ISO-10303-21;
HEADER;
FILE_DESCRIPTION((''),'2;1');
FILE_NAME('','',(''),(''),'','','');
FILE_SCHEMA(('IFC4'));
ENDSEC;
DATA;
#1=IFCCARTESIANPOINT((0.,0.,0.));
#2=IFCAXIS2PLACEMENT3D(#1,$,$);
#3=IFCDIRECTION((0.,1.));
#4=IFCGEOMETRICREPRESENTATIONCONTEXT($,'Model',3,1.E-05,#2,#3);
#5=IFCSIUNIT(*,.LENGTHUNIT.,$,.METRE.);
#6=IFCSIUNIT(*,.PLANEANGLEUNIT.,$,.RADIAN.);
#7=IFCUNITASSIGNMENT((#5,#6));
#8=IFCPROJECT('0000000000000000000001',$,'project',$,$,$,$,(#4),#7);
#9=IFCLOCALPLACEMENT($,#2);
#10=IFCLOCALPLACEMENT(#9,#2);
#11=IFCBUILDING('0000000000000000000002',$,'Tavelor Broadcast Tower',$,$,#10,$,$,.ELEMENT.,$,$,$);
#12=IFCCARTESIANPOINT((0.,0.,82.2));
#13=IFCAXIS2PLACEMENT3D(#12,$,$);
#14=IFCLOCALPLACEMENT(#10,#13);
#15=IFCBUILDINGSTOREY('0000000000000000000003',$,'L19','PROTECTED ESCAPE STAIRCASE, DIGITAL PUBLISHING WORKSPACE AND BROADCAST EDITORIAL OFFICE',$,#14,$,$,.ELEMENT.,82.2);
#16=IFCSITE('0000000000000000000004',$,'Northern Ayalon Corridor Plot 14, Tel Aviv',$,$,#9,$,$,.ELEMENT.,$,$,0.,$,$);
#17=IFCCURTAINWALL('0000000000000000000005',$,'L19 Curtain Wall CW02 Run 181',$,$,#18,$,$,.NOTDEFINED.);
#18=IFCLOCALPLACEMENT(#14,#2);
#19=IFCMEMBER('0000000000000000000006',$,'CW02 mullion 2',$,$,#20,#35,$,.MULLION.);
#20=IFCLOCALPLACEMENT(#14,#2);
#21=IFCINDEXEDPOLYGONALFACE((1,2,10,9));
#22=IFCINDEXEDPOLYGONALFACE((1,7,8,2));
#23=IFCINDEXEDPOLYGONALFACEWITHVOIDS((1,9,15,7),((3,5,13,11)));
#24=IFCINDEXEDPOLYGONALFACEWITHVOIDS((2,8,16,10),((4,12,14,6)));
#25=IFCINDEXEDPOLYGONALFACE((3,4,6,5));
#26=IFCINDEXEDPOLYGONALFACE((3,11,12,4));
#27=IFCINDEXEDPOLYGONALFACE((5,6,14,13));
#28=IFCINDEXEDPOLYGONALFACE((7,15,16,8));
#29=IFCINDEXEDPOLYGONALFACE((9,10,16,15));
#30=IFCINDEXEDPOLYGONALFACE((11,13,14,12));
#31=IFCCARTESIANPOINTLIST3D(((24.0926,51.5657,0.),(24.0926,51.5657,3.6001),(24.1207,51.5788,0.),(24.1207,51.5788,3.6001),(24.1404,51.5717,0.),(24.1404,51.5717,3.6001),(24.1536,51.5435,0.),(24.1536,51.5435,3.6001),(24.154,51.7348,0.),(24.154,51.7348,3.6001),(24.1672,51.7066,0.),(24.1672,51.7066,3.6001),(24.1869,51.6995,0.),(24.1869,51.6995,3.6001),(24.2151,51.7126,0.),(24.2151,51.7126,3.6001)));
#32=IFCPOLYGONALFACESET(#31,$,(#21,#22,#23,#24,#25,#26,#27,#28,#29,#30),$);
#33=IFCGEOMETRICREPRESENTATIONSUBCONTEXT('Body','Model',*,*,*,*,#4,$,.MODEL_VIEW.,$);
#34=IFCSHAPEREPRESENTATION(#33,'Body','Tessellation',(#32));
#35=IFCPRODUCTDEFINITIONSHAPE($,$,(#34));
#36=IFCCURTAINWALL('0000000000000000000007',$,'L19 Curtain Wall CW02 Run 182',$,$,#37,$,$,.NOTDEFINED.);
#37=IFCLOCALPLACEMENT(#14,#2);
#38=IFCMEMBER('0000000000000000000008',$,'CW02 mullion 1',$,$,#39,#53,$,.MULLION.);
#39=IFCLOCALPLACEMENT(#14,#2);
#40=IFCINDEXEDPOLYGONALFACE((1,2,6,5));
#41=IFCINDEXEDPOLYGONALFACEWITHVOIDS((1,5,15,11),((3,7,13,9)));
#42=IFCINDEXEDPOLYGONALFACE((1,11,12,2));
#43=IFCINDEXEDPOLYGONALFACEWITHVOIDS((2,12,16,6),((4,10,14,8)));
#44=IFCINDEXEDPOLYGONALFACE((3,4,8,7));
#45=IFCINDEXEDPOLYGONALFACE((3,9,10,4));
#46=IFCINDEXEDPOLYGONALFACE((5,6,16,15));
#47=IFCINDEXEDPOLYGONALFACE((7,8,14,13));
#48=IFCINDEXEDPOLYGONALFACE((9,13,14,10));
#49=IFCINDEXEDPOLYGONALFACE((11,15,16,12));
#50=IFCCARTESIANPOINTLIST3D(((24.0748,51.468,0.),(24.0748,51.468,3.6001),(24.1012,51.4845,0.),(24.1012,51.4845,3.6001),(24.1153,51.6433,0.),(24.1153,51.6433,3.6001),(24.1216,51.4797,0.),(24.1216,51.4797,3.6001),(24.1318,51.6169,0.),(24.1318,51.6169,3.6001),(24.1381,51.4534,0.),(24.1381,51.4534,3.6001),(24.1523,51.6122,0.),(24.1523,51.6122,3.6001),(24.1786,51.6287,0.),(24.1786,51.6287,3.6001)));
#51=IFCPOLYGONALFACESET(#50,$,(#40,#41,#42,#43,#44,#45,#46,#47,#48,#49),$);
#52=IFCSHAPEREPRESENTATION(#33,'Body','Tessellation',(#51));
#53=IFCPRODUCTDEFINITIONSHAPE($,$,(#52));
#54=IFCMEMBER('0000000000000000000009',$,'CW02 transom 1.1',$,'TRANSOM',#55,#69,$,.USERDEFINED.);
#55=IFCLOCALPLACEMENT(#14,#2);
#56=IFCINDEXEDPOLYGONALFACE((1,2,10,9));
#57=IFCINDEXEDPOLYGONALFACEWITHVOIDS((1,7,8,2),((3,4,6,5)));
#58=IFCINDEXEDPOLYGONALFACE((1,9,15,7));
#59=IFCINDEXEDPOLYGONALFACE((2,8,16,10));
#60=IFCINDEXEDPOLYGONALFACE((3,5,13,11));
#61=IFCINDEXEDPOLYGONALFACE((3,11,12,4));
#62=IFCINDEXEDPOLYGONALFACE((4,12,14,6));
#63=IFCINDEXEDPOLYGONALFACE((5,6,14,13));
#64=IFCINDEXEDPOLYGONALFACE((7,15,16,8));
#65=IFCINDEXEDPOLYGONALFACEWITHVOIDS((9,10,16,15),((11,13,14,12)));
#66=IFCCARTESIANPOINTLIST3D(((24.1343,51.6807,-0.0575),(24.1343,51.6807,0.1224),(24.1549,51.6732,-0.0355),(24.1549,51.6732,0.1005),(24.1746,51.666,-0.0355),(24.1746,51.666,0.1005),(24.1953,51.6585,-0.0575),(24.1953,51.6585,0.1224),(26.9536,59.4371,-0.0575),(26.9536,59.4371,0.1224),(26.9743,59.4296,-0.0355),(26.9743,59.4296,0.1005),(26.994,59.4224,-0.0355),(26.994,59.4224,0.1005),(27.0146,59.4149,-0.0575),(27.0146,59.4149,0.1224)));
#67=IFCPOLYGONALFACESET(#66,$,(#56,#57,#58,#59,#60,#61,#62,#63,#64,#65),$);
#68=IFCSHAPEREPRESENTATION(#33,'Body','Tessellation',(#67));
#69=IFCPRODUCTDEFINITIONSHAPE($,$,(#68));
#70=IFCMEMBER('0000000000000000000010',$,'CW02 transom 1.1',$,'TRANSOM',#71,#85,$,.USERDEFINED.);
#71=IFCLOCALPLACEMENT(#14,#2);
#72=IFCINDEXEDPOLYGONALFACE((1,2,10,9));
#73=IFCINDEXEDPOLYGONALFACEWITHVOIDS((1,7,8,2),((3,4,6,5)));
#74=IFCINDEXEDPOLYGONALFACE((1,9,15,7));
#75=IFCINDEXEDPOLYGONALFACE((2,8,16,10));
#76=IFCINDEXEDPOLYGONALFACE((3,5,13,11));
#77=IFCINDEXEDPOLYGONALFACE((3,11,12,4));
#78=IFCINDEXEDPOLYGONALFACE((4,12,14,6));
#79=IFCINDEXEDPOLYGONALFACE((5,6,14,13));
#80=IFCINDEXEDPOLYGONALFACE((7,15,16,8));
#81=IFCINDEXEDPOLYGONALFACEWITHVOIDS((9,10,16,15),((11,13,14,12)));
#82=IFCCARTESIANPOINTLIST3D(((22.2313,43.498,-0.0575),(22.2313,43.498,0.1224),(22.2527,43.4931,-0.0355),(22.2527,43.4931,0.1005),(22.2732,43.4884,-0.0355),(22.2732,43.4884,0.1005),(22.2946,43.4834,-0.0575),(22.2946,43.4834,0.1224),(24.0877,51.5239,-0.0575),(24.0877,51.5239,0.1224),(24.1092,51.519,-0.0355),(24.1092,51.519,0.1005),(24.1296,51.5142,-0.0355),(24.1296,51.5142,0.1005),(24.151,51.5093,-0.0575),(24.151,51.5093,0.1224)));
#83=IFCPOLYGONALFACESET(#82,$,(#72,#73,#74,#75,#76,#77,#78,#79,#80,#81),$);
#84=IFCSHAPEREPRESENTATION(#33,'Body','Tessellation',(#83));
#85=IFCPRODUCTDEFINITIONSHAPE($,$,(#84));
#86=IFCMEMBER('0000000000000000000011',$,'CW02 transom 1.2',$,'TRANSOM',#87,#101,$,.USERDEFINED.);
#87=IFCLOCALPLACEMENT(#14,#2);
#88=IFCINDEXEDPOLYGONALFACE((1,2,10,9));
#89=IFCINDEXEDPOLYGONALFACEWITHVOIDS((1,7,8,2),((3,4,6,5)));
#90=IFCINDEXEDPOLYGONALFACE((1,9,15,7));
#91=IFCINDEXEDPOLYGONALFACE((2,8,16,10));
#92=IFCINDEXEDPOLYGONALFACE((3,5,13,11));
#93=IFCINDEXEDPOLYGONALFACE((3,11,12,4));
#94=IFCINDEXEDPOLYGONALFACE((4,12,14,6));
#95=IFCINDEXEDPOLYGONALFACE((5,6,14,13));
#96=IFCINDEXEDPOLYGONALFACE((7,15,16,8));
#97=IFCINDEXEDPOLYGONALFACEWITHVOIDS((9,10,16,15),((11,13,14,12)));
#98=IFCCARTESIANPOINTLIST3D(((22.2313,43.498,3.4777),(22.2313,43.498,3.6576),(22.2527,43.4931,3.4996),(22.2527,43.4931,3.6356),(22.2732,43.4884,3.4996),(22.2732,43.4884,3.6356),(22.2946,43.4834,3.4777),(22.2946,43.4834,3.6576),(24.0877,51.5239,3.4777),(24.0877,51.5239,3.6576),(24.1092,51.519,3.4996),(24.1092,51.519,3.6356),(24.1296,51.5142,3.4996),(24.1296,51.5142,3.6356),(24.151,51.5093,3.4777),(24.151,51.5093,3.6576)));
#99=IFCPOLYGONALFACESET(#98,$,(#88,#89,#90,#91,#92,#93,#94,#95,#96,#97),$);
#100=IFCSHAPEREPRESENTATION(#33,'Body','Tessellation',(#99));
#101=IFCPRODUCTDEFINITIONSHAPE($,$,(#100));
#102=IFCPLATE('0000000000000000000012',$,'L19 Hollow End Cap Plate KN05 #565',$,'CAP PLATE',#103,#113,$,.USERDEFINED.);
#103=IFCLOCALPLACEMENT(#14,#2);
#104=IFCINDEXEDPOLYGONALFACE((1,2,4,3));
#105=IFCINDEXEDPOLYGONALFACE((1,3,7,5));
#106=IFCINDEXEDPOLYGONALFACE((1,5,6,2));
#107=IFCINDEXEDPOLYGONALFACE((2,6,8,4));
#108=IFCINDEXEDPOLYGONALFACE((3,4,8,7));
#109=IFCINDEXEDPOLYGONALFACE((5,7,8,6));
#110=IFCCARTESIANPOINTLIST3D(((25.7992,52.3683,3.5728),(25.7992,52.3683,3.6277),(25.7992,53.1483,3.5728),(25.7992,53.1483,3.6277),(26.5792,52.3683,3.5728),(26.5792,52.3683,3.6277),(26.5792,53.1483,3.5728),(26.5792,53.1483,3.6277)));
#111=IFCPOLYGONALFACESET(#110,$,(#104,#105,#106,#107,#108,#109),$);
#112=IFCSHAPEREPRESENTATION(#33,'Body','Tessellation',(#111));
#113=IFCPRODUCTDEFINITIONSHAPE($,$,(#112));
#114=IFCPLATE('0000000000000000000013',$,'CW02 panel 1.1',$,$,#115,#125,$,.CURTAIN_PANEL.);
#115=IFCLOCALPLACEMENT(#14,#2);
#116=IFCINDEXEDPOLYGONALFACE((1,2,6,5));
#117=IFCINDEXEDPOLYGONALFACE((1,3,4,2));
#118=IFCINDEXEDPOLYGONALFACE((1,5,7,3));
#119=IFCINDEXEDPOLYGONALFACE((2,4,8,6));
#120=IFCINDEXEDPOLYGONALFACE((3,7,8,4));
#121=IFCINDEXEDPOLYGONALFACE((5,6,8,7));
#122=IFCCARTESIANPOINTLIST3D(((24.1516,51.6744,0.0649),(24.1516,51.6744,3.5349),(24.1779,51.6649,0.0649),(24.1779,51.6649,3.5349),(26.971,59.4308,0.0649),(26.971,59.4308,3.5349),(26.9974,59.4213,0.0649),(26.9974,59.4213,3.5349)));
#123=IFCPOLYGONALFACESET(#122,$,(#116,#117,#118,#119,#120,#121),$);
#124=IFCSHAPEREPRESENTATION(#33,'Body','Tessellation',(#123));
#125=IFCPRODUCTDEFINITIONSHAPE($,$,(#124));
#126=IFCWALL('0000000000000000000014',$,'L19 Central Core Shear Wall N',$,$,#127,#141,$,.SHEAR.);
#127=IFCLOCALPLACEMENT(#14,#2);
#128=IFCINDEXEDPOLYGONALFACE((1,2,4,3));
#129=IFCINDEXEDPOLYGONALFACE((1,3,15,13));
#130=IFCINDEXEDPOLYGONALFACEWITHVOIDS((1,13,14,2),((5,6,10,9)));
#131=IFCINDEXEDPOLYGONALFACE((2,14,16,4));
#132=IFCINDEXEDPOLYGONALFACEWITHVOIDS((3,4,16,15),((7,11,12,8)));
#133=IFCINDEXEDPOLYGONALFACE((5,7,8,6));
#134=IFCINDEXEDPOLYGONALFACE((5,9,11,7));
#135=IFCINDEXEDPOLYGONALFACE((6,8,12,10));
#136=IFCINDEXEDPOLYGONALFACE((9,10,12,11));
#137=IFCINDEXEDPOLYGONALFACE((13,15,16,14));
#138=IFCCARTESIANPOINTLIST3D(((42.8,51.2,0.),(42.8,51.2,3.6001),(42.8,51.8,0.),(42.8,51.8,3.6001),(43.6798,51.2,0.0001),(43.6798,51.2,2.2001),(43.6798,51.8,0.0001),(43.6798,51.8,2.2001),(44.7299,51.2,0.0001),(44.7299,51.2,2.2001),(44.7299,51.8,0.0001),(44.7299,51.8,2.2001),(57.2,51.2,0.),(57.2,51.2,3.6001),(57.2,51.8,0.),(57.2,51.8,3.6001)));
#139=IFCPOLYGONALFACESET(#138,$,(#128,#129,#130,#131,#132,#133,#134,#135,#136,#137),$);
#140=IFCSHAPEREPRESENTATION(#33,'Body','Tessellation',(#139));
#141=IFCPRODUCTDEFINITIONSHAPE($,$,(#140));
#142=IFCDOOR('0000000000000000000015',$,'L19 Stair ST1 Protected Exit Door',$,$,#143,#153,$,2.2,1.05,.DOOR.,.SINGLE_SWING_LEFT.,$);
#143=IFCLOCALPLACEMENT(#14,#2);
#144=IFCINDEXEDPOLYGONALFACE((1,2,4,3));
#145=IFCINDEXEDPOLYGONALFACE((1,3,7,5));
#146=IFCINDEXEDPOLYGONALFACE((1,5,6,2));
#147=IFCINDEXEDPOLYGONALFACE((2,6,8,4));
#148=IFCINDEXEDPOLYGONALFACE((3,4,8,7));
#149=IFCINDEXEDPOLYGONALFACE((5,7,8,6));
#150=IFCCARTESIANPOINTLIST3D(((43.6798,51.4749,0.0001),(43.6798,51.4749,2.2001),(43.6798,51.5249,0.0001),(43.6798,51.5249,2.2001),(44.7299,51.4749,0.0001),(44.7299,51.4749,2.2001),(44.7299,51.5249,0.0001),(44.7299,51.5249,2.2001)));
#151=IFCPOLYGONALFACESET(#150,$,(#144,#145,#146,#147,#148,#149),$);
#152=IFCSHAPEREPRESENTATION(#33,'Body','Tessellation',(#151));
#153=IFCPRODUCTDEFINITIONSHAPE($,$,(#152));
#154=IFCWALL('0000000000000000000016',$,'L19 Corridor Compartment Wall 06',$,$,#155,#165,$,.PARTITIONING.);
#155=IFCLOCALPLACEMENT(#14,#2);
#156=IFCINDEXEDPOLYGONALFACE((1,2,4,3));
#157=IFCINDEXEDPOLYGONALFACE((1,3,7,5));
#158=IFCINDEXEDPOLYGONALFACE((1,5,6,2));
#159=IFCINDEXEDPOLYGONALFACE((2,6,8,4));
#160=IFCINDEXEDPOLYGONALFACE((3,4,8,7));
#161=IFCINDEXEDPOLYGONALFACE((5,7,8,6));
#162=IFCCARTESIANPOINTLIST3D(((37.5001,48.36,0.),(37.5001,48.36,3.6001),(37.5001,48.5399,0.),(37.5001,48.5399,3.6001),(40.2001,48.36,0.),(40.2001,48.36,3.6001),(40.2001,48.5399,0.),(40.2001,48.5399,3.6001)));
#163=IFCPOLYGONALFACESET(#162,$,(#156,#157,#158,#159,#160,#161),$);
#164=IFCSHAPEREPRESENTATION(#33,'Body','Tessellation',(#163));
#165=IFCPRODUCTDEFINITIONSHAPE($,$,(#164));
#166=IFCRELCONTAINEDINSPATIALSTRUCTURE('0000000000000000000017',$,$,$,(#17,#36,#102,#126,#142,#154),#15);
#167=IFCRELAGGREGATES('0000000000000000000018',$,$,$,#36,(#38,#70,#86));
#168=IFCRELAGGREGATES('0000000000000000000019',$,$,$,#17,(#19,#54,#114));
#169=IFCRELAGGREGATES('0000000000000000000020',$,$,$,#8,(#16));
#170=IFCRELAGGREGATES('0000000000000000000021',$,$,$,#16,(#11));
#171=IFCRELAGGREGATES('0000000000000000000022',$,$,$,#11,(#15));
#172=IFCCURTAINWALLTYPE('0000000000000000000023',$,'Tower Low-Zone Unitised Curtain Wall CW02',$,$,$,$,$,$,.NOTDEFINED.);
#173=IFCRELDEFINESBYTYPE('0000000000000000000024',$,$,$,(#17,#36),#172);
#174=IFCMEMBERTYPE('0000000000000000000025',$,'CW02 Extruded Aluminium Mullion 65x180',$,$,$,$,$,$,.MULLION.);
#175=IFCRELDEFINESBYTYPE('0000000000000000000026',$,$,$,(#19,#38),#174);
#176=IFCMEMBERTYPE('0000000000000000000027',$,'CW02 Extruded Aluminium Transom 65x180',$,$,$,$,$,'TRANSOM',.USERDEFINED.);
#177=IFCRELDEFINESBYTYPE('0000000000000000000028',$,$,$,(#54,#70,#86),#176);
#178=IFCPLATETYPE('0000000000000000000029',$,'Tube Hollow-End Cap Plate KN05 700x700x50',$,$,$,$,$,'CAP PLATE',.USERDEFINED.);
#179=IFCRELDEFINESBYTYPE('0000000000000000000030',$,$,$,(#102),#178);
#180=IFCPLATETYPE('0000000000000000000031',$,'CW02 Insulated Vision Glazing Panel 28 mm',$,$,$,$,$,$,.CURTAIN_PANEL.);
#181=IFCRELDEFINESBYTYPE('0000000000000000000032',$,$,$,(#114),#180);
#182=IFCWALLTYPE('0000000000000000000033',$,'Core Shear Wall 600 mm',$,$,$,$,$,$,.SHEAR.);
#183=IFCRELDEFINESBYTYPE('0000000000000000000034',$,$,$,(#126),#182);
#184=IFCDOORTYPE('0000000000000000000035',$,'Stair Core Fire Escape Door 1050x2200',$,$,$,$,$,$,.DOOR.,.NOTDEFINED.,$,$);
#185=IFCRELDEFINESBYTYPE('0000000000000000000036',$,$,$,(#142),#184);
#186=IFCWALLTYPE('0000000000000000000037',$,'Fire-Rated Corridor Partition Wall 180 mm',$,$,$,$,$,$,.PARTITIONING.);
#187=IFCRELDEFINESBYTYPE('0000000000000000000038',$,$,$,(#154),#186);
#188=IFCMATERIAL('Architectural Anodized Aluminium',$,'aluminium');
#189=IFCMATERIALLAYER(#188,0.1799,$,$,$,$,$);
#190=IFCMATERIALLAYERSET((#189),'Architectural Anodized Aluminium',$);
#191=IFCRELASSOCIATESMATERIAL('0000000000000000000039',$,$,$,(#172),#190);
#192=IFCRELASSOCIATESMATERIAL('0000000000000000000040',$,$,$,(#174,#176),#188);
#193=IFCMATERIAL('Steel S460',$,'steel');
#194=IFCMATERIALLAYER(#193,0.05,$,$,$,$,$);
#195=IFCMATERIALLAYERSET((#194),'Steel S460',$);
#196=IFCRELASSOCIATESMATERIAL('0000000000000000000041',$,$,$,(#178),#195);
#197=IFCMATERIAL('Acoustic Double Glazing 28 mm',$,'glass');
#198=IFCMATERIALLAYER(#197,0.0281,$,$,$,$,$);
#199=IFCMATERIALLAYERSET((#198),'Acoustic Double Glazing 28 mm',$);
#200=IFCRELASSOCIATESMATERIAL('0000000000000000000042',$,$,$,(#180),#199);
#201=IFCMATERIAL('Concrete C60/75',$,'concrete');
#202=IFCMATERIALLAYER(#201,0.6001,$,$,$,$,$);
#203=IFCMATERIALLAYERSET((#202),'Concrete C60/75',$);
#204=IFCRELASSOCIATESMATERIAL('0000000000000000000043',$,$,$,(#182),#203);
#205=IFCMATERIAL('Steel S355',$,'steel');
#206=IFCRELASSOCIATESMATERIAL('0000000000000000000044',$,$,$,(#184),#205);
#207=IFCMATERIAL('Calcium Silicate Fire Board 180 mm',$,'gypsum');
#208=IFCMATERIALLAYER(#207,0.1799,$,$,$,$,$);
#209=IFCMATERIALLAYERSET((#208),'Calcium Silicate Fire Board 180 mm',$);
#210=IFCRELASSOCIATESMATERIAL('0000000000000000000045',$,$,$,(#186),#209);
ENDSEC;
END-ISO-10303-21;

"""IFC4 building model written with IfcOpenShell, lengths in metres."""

from ifc_helpers import new_model, si_unit, direction, frame, frame_2d, origin, origin_2d, place, context, subcontext, project, spatial, rectangle, hollow_rectangle, extrude, source, transform, mapped, material, layer, layer_set, material_profile, profile_set, type_object, type_shapes, element, fill, aggregate, save


model = new_model("IFC4")

# Units and contexts
model_context = context("Model", 3, precision=1e-05, world=origin(), true_north=direction((0.0, 1.0)))
body_context = subcontext(model_context, "Body", "Model", "MODEL_VIEW")
ifc_project = project(units=[si_unit("LENGTHUNIT", "METRE"), si_unit("PLANEANGLEUNIT", "RADIAN")], contexts=[model_context])

# Site, building, storey
site_placement = place(None, origin())
site = spatial("IfcSite", under=ifc_project, at=site_placement, Name="Northern Ayalon Corridor Plot 14, Tel Aviv", CompositionType="ELEMENT", RefElevation=0.0)
building_placement = place(site_placement, origin())
building = spatial("IfcBuilding", under=site, at=building_placement, Name="Tavelor Broadcast Tower", CompositionType="ELEMENT")
storey_placement = place(building_placement, frame((0.0, 0.0, 82.2)))
storey = spatial("IfcBuildingStorey", under=building, at=storey_placement, Name="L19", Description="PROTECTED ESCAPE STAIRCASE, DIGITAL PUBLISHING WORKSPACE AND BROADCAST EDITORIAL OFFICE", CompositionType="ELEMENT", Elevation=82.2)

# Shared definitions
ifc_material_1 = material(Name="Steel S460", Category="steel")

# Shared definitions
ifc_material_2 = material(Name="Steel S355", Category="steel")

# Curtain walls, members
ifc_material_3 = material(Name="Architectural Anodized Aluminium", Category="aluminium")
ifc_layer_1 = layer(ifc_material_3, 0.1799)
ifc_layer_set_1 = layer_set([ifc_layer_1], Name="Architectural Anodized Aluminium")
curtain_wall_type = type_object("IfcCurtainWallType", Name="Tower Low-Zone Unitised Curtain Wall CW02", PredefinedType="NOTDEFINED", material=ifc_layer_set_1)
curtain_wall_1_placement = place(storey_placement, origin())
curtain_wall_1 = element("IfcCurtainWall", 1, at=curtain_wall_1_placement, inside=storey, type_object=curtain_wall_type, Name="L19 Curtain Wall CW02 Run 181", PredefinedType="NOTDEFINED")
ifc_material_profile_1 = material_profile(ifc_material_3, hollow_rectangle(XDim=0.0649, YDim=0.1799, WallThickness=0.022, at=origin_2d()), Name="RHS 65x180x22")
ifc_profile_set_1 = profile_set([ifc_material_profile_1], Name="Architectural Anodized Aluminium")
member_type_1 = type_object("IfcMemberType", Name="CW02 Extruded Aluminium Mullion 65x180", PredefinedType="MULLION", material=ifc_profile_set_1)
shared_shape_1 = source(origin(), body_context, "Body", "SweptSolid", [
    extrude(hollow_rectangle(XDim=0.0649, YDim=0.1799, WallThickness=0.022, at=origin_2d()), origin(), (0.0, 0.0, 1.0), 3.6001),
])
type_shapes(member_type_1, [shared_shape_1])
member_1_placement = place(storey_placement, frame((24.1538, 51.6392, 0.0), z_axis=(0.0, 0.0, 1.0), x_axis=(0.939836, -0.341626, 0.0)))
member_1 = element("IfcMember", 2, at=member_1_placement, type_object=member_type_1, Name="CW02 mullion 2", PredefinedType="MULLION", context=body_context, shape_type="MappedRepresentation", body=[
    mapped(shared_shape_1, transform((0.0, 0.0, 0.0), scale=1.0)),
])
curtain_wall_2_placement = place(storey_placement, origin())
curtain_wall_2 = element("IfcCurtainWall", 3, at=curtain_wall_2_placement, inside=storey, type_object=curtain_wall_type, Name="L19 Curtain Wall CW02 Run 182", PredefinedType="NOTDEFINED")
member_2_placement = place(storey_placement, frame((24.1267, 51.5483, 0.0), z_axis=(0.0, 0.0, 1.0), x_axis=(0.974275, -0.225362, 0.0)))
member_2 = element("IfcMember", 4, at=member_2_placement, type_object=member_type_1, Name="CW02 mullion 1", PredefinedType="MULLION", context=body_context, shape_type="MappedRepresentation", body=[
    mapped(shared_shape_1, transform((0.0, 0.0, 0.0), scale=1.0)),
])

# Members
ifc_material_profile_2 = material_profile(ifc_material_3, hollow_rectangle(XDim=0.0649, YDim=0.1799, WallThickness=0.022, at=origin_2d()), Name="RHS 65x180x22")
ifc_profile_set_2 = profile_set([ifc_material_profile_2], Name="Architectural Anodized Aluminium")
member_type_2 = type_object("IfcMemberType", Name="CW02 Extruded Aluminium Transom 65x180", ElementType="TRANSOM", PredefinedType="USERDEFINED", material=ifc_profile_set_2)
shared_shape_2 = source(origin(), body_context, "Body", "SweptSolid", [
    extrude(hollow_rectangle(XDim=0.0649, YDim=0.1799, WallThickness=0.022, at=origin_2d()), origin(), (0.0, 0.0, 1.0), 8.2529),
])
member_3_placement = place(storey_placement, frame((26.9841, 59.426, 0.0325), z_axis=(-0.34162, -0.939838, 0.0), x_axis=(0.939838, -0.34162, 0.0)))
member_3 = element("IfcMember", 5, at=member_3_placement, type_object=member_type_2, Name="CW02 transom 1.1", ObjectType="TRANSOM", PredefinedType="USERDEFINED", context=body_context, shape_type="MappedRepresentation", body=[
    mapped(shared_shape_2, transform((0.0, 0.0, 0.0), scale=1.0)),
])
shared_shape_3 = source(origin(), body_context, "Body", "SweptSolid", [
    extrude(hollow_rectangle(XDim=0.0649, YDim=0.1799, WallThickness=0.022, at=origin_2d()), origin(), (0.0, 0.0, 1.0), 8.2378),
])
type_shapes(member_type_2, [shared_shape_2, shared_shape_3])
member_4_placement = place(storey_placement, frame((24.1194, 51.5166, 0.0325), z_axis=(-0.225357, -0.974276, 0.0), x_axis=(0.974276, -0.225357, 0.0)))
member_4 = element("IfcMember", 6, at=member_4_placement, type_object=member_type_2, Name="CW02 transom 1.1", ObjectType="TRANSOM", PredefinedType="USERDEFINED", context=body_context, shape_type="MappedRepresentation", body=[
    mapped(shared_shape_3, transform((0.0, 0.0, 0.0), scale=1.0)),
])
member_5_placement = place(storey_placement, frame((24.1194, 51.5166, 3.5676), z_axis=(-0.225357, -0.974276, 0.0), x_axis=(0.974276, -0.225357, 0.0)))
member_5 = element("IfcMember", 7, at=member_5_placement, type_object=member_type_2, Name="CW02 transom 1.2", ObjectType="TRANSOM", PredefinedType="USERDEFINED", context=body_context, shape_type="MappedRepresentation", body=[
    mapped(shared_shape_3, transform((0.0, 0.0, 0.0), scale=1.0)),
])
aggregate(curtain_wall_2, [member_2, member_4, member_5])

# Plates
ifc_layer_2 = layer(ifc_material_1, 0.05)
ifc_layer_set_2 = layer_set([ifc_layer_2], Name="Steel S460")
plate_type_1 = type_object("IfcPlateType", Name="Tube Hollow-End Cap Plate KN05 700x700x50", ElementType="CAP PLATE", PredefinedType="USERDEFINED", material=ifc_layer_set_2)
shared_shape_4 = source(origin(), body_context, "Body", "SweptSolid", [
    extrude(rectangle(XDim=0.78, YDim=0.78, at=origin_2d()), origin(), (0.0, 0.0, 1.0), 0.0549),
])
type_shapes(plate_type_1, [shared_shape_4])
plate_1_placement = place(storey_placement, frame((26.1892, 52.7583, 3.5728), z_axis=(0.0, 0.0, 1.0), x_axis=(1.0, 0.0, 0.0)))
element("IfcPlate", 8, at=plate_1_placement, inside=storey, type_object=plate_type_1, Name="L19 Hollow End Cap Plate KN05 #565", ObjectType="CAP PLATE", PredefinedType="USERDEFINED", context=body_context, shape_type="MappedRepresentation", body=[
    mapped(shared_shape_4, transform((0.0, 0.0, 0.0), scale=1.0)),
])
ifc_material_4 = material(Name="Acoustic Double Glazing 28 mm", Category="glass")
ifc_layer_3 = layer(ifc_material_4, 0.0281)
ifc_layer_set_3 = layer_set([ifc_layer_3], Name="Acoustic Double Glazing 28 mm")
plate_type_2 = type_object("IfcPlateType", Name="CW02 Insulated Vision Glazing Panel 28 mm", PredefinedType="CURTAIN_PANEL", material=ifc_layer_set_3)
shared_shape_5 = source(origin(), body_context, "Body", "SweptSolid", [
    extrude(rectangle(XDim=8.2529, YDim=0.0281, at=origin_2d()), origin(), (0.0, 0.0, 1.0), 3.47),
])
type_shapes(plate_type_2, [shared_shape_5])
plate_2_placement = place(storey_placement, frame((25.5745, 55.5479, 0.0649), z_axis=(0.0, 0.0, 1.0), x_axis=(-0.341626, -0.939836, 0.0)))
plate_2 = element("IfcPlate", 9, at=plate_2_placement, type_object=plate_type_2, Name="CW02 panel 1.1", PredefinedType="CURTAIN_PANEL", context=body_context, shape_type="MappedRepresentation", body=[
    mapped(shared_shape_5, transform((0.0, 0.0, 0.0), scale=1.0)),
])
aggregate(curtain_wall_1, [member_1, member_3, plate_2])

# Wall, opening, door
ifc_material_5 = material(Name="Concrete C60/75", Category="concrete")
ifc_layer_4 = layer(ifc_material_5, 0.6001)
ifc_layer_set_4 = layer_set([ifc_layer_4], Name="Concrete C60/75")
wall_type_1 = type_object("IfcWallType", Name="Core Shear Wall 600 mm", PredefinedType="SHEAR", material=ifc_layer_set_4)
wall_1_placement = place(storey_placement, frame((42.8, 51.5, 0.0), z_axis=(0.0, 0.0, 1.0), x_axis=(1.0, 0.0, 0.0)))
wall_1 = element("IfcWall", 10, at=wall_1_placement, inside=storey, type_object=wall_type_1, Name="L19 Central Core Shear Wall N", PredefinedType="SHEAR", context=body_context, shape_type="SweptSolid", body=[
    extrude(rectangle(XDim=14.3999, YDim=0.6001, at=frame_2d((7.2, 0.0))), origin(), (0.0, 0.0, 1.0), 3.6001),
])
opening_1_placement = place(wall_1_placement, frame((0.8799, 0.0, 0.0)))
opening_1 = element("IfcOpeningElement", 11, at=opening_1_placement, cuts=wall_1, PredefinedType="OPENING", context=body_context, shape_type="SweptSolid", body=[
    extrude(rectangle(XDim=1.05, YDim=2.2, at=frame_2d((0.5249, 1.1001))), frame((0.0, 0.3101, 0.0), z_axis=(0.0, -1.0, 0.0), x_axis=(1.0, 0.0, 0.0)), (0.0, 0.0, 1.0), 0.6201),
])
door_type_1 = type_object("IfcDoorType", Name="Stair Core Fire Escape Door 1050x2200", OperationType="NOTDEFINED", PredefinedType="DOOR", material=ifc_material_2)
door_1_placement = place(opening_1_placement, origin())
door_1 = element("IfcDoor", 12, at=door_1_placement, inside=storey, type_object=door_type_1, Name="L19 Stair ST1 Protected Exit Door", OperationType="SINGLE_SWING_LEFT", OverallHeight=2.2, OverallWidth=1.05, PredefinedType="DOOR", context=body_context, shape_type="SweptSolid", body=[
    extrude(rectangle(XDim=1.05, YDim=2.2, at=frame_2d((0.5249, 1.1001))), frame((0.0, 0.0249, 0.0), z_axis=(0.0, -1.0, 0.0), x_axis=(1.0, 0.0, 0.0)), (0.0, 0.0, 1.0), 0.05),
])
fill(opening_1, door_1)

# Wall
ifc_material_6 = material(Name="Calcium Silicate Fire Board 180 mm", Category="gypsum")
ifc_layer_5 = layer(ifc_material_6, 0.1799)
ifc_layer_set_5 = layer_set([ifc_layer_5], Name="Calcium Silicate Fire Board 180 mm")
wall_type_2 = type_object("IfcWallType", Name="Fire-Rated Corridor Partition Wall 180 mm", PredefinedType="PARTITIONING", material=ifc_layer_set_5)
wall_2_placement = place(storey_placement, frame((37.5, 48.45, 0.0), z_axis=(0.0, 0.0, 1.0), x_axis=(1.0, 0.0, 0.0)))
element("IfcWall", 13, at=wall_2_placement, inside=storey, type_object=wall_type_2, Name="L19 Corridor Compartment Wall 06", PredefinedType="PARTITIONING", context=body_context, shape_type="SweptSolid", body=[
    extrude(rectangle(XDim=2.7, YDim=0.1799, at=frame_2d((1.3501, 0.0))), origin(), (0.0, 0.0, 1.0), 3.6001),
])

save(model, "model.ifc")
